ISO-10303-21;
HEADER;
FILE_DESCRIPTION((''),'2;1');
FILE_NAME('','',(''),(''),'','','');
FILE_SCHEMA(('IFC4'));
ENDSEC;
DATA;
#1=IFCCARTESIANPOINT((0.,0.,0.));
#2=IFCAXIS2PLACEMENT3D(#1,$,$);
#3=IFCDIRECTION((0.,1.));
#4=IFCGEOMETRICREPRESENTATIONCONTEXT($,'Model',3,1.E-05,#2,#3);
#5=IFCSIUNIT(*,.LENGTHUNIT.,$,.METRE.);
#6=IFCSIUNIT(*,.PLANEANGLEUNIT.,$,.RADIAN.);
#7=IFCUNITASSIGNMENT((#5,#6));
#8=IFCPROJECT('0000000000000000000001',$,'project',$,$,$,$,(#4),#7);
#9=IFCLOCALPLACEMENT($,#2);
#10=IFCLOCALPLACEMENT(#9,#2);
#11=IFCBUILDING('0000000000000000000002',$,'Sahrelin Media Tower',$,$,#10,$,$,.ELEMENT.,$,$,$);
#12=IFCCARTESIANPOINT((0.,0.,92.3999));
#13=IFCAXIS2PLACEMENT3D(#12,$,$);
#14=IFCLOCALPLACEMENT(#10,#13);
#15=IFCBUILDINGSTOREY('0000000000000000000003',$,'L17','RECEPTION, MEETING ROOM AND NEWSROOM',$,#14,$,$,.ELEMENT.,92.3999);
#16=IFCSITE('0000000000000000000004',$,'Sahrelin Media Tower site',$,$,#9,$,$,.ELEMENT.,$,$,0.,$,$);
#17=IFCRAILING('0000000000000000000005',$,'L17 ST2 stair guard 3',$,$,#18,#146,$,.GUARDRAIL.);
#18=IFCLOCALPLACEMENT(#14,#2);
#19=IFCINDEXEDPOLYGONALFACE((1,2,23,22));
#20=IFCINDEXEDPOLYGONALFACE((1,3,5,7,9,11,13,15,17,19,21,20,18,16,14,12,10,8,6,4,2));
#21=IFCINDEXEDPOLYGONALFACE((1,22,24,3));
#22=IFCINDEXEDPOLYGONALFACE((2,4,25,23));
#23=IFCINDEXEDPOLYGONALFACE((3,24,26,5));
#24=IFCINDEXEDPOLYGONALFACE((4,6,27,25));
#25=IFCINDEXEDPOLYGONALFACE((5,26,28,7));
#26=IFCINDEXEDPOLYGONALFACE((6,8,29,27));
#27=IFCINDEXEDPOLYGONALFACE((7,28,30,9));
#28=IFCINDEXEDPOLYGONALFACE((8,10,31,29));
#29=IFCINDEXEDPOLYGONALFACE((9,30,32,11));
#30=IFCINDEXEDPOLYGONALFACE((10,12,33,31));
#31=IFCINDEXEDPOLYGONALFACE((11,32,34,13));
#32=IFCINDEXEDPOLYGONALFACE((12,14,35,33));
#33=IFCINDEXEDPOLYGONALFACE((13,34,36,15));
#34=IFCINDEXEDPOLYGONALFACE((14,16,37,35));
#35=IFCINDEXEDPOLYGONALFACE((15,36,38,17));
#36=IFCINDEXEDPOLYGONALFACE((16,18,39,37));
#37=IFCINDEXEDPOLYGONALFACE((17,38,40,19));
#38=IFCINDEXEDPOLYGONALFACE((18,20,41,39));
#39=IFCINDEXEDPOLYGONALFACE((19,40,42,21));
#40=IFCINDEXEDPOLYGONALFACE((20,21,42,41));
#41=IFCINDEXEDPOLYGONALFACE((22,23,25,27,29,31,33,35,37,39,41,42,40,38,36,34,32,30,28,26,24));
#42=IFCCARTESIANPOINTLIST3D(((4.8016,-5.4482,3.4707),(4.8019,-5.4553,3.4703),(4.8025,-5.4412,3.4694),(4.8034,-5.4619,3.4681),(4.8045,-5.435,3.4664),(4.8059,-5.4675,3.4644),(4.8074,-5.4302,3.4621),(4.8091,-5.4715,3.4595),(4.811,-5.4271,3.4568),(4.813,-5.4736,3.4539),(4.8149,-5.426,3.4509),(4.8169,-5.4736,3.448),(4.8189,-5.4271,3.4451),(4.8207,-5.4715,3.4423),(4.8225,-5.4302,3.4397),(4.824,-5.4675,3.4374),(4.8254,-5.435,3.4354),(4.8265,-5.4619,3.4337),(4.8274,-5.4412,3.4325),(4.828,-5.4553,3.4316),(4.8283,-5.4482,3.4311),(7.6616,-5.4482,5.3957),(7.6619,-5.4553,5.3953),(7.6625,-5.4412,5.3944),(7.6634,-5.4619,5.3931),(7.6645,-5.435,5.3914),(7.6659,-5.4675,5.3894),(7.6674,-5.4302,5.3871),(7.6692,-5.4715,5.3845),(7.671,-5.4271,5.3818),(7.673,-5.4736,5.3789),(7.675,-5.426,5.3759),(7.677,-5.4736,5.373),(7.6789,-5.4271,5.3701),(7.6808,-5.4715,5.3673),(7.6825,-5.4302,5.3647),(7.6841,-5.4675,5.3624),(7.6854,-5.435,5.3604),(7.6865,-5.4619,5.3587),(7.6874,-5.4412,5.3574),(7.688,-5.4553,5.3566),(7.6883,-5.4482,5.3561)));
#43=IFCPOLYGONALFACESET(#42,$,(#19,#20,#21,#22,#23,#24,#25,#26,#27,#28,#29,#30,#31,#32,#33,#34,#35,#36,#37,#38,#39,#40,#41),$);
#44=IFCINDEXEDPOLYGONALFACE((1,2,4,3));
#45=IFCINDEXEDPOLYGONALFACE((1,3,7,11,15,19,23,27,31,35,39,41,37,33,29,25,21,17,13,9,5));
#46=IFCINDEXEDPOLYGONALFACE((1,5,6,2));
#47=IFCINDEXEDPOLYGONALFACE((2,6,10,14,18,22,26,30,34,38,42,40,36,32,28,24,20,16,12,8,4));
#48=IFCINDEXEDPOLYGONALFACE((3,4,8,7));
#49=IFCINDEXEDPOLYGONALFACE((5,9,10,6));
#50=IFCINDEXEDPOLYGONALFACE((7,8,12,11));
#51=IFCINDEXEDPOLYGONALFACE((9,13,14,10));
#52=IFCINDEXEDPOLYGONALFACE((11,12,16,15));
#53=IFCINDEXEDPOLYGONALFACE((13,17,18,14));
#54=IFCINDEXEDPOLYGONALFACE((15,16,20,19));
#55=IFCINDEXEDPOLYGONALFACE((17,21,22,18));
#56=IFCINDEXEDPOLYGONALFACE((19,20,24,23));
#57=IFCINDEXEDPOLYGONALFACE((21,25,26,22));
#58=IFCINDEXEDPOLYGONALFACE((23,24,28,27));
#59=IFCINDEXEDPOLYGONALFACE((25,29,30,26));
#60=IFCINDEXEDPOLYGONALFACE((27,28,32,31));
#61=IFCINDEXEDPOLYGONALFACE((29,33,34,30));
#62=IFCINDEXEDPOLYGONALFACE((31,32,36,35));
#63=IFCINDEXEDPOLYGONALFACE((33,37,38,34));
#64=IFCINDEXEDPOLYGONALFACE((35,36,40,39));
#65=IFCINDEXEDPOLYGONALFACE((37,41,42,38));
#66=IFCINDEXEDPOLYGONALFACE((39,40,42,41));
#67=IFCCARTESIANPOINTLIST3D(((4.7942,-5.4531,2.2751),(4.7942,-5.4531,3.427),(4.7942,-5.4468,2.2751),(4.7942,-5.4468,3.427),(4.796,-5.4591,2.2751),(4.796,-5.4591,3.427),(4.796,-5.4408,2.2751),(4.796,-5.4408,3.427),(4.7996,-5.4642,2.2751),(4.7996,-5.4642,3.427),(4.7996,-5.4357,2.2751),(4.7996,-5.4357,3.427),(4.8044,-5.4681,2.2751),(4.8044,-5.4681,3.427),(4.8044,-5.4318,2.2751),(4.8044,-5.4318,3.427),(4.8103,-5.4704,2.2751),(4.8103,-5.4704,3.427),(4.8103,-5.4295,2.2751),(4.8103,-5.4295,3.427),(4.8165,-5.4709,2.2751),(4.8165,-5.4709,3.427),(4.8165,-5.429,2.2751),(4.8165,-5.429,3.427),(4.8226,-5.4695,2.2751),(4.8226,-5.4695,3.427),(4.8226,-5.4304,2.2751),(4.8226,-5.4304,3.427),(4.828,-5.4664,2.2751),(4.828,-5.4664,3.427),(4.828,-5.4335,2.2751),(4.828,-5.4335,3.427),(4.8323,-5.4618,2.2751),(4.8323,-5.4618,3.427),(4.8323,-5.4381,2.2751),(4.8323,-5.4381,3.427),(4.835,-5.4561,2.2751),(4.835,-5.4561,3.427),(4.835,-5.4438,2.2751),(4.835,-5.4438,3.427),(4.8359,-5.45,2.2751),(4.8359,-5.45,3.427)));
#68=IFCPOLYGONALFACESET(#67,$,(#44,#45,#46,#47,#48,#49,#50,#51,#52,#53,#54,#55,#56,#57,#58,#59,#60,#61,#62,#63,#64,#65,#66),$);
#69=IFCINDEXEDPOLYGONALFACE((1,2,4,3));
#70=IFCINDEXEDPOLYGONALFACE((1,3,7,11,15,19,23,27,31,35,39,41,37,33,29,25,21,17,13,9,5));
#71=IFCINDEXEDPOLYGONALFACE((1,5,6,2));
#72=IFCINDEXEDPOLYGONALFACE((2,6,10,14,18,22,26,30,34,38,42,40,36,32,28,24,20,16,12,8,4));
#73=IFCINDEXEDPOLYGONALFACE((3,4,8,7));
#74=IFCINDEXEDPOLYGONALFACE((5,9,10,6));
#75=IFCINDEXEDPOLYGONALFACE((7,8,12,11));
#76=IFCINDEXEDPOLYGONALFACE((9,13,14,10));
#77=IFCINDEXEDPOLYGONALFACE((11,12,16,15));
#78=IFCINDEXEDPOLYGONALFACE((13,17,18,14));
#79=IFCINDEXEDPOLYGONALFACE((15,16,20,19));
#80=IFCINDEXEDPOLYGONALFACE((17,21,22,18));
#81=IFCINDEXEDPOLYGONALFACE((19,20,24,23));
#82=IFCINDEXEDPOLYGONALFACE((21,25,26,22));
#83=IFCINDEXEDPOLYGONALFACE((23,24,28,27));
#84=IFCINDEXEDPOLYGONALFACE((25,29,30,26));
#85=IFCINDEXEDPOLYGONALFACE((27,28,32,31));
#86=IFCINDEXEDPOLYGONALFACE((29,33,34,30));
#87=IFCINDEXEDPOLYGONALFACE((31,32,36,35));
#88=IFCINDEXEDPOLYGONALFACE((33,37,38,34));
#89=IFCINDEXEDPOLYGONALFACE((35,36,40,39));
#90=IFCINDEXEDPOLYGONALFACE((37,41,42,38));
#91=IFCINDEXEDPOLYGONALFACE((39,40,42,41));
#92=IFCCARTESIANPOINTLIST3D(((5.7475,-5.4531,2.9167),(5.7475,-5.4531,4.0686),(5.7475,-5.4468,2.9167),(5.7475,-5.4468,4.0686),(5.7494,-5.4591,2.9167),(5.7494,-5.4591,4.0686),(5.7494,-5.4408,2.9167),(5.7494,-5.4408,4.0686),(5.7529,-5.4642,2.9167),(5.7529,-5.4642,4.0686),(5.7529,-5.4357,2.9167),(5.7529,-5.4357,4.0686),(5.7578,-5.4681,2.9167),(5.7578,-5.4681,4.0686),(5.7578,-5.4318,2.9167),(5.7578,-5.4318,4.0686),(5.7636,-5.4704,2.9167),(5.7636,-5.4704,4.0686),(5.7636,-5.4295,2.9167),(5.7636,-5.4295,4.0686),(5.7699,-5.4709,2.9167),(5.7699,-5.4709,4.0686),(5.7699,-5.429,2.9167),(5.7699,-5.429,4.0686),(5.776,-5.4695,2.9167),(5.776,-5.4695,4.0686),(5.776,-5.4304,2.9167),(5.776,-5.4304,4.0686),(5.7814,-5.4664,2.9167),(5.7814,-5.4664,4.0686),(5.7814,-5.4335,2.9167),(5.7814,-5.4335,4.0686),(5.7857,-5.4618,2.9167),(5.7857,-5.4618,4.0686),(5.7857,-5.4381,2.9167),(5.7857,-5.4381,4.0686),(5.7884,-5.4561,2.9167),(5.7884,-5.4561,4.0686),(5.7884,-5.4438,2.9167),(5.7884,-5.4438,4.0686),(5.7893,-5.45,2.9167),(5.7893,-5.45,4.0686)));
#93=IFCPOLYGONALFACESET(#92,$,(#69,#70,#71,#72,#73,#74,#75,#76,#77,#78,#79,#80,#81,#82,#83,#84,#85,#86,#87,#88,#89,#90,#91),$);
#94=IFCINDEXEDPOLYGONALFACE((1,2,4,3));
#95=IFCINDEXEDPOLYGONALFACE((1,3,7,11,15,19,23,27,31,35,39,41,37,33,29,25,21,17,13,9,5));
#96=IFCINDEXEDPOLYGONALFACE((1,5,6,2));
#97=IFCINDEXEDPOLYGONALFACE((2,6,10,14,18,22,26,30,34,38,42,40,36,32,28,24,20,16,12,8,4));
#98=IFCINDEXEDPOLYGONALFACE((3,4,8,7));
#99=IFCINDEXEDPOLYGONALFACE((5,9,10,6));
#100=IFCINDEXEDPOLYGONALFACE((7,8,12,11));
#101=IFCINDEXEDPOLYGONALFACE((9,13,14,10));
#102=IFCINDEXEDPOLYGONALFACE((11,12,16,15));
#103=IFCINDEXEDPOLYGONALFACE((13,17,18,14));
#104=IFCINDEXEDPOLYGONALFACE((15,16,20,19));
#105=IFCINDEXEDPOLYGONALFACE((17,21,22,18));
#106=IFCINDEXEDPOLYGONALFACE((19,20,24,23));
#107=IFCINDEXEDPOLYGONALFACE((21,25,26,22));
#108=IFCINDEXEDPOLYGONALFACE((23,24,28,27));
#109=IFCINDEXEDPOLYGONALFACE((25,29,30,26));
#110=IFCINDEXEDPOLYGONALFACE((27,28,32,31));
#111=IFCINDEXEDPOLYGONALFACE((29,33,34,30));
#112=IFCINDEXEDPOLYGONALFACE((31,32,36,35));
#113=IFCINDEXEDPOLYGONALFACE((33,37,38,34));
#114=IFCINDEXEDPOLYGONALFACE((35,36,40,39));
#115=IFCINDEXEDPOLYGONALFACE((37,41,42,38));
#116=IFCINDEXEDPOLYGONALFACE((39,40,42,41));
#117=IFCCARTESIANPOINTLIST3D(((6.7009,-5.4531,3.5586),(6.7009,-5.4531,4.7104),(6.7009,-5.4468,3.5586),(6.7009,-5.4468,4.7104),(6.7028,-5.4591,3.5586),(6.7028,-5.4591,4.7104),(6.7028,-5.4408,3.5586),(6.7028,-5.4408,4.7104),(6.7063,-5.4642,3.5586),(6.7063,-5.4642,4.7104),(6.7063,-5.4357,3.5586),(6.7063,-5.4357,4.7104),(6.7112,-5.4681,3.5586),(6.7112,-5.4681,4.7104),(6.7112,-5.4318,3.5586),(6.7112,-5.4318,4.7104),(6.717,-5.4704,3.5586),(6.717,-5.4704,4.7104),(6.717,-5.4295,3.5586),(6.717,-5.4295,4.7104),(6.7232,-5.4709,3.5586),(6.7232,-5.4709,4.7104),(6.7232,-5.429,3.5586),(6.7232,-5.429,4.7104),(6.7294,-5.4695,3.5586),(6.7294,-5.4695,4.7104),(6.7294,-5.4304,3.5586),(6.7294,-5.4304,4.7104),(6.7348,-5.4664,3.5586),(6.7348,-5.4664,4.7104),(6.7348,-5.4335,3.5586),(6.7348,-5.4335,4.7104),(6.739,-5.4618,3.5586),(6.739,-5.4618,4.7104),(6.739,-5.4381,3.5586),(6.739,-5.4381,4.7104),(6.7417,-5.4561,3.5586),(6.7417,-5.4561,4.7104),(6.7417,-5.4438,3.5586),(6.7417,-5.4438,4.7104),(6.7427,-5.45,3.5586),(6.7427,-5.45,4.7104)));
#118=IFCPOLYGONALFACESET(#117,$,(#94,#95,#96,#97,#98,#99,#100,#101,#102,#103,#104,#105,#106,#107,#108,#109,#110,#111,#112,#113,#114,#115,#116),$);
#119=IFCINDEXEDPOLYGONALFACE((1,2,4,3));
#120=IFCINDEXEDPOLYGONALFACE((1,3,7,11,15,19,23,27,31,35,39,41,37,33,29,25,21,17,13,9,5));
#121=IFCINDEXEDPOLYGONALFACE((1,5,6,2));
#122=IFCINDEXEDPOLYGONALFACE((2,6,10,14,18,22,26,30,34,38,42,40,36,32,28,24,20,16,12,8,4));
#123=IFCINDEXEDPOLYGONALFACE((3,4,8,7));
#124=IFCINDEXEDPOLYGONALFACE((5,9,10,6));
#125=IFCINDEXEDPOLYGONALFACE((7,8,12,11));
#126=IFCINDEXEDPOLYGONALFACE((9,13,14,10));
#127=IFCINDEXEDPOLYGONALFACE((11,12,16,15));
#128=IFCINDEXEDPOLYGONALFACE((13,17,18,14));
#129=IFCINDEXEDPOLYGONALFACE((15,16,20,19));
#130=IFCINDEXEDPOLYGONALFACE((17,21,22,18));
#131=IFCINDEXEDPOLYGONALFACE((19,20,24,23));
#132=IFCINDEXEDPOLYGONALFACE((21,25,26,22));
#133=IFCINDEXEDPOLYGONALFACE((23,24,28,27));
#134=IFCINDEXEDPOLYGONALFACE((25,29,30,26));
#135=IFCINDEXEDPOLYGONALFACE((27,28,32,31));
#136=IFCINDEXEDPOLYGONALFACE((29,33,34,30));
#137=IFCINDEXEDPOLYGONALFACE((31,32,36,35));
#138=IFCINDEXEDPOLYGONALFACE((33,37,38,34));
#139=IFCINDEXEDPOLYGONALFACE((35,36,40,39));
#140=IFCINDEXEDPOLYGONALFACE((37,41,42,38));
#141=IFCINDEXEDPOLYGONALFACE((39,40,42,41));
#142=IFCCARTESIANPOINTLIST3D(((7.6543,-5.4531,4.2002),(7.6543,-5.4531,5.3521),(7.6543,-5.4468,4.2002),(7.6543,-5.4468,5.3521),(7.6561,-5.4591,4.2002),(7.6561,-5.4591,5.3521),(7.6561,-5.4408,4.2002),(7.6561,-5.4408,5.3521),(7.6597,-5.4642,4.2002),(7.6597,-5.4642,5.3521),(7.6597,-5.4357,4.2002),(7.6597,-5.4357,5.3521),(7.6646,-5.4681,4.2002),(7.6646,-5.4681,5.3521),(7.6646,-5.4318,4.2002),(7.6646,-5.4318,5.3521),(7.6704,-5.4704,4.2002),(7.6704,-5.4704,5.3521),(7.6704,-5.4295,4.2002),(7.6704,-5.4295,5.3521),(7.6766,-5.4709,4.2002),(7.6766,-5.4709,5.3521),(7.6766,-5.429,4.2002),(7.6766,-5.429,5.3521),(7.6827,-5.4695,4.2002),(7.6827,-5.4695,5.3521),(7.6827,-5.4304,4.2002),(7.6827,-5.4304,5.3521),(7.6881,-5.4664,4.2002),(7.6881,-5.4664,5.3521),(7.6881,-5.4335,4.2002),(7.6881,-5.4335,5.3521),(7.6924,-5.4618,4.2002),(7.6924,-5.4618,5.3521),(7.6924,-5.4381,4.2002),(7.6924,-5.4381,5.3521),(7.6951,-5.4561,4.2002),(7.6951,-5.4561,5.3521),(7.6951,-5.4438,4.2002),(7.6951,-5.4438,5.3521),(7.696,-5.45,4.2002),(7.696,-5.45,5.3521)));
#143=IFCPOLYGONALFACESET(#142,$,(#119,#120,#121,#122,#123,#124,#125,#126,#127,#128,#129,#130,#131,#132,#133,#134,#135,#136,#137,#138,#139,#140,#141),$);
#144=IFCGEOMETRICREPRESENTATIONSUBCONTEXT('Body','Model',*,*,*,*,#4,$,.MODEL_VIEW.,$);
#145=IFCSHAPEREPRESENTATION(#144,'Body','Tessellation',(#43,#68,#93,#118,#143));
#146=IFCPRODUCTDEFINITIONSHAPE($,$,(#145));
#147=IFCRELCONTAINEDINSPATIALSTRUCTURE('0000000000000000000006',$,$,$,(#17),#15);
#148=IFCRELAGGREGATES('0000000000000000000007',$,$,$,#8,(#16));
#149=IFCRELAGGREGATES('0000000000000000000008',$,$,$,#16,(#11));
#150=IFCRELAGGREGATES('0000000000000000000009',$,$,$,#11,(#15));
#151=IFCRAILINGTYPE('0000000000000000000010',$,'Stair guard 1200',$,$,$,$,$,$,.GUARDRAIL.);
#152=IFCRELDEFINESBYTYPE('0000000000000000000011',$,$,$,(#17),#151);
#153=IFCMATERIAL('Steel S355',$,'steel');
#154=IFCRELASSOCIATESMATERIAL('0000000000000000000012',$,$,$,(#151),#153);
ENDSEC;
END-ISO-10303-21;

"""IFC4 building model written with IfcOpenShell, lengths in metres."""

from ifc_helpers import new_model, si_unit, direction, frame, origin, origin_2d, place, context, subcontext, project, spatial, circle, extrude, material, type_object, element, save


model = new_model("IFC4")

# Units and contexts
model_context = context("Model", 3, precision=1e-05, world=origin(), true_north=direction((0.0, 1.0)))
body_context = subcontext(model_context, "Body", "Model", "MODEL_VIEW")
ifc_project = project(units=[si_unit("LENGTHUNIT", "METRE"), si_unit("PLANEANGLEUNIT", "RADIAN")], contexts=[model_context])

# Site, building, storey
site_placement = place(None, origin())
site = spatial("IfcSite", under=ifc_project, at=site_placement, Name="Sahrelin Media Tower site", CompositionType="ELEMENT", RefElevation=0.0)
building_placement = place(site_placement, origin())
building = spatial("IfcBuilding", under=site, at=building_placement, Name="Sahrelin Media Tower", CompositionType="ELEMENT")
storey_placement = place(building_placement, frame((0.0, 0.0, 92.3999)))
storey = spatial("IfcBuildingStorey", under=building, at=storey_placement, Name="L17", Description="RECEPTION, MEETING ROOM AND NEWSROOM", CompositionType="ELEMENT", Elevation=92.3999)

# Railing
ifc_material_1 = material(Name="Steel S355", Category="steel")
railing_type_1 = type_object("IfcRailingType", Name="Stair guard 1200", PredefinedType="GUARDRAIL", material=ifc_material_1)
railing_1_placement = place(storey_placement, frame((4.8149, -5.45, 2.2751)))
element("IfcRailing", 1, at=railing_1_placement, inside=storey, type_object=railing_type_1, Name="L17 ST2 stair guard 3", PredefinedType="GUARDRAIL", context=body_context, shape_type="SweptSolid", body=[
    extrude(circle(Radius=0.0239, at=origin_2d()), frame((0.0, 0.0, 1.1758), z_axis=(0.829591, 0.0, 0.558372), x_axis=(0.0, 1.0, 0.0)), (0.0, 0.0, 1.0), 3.4475),
    extrude(circle(Radius=0.021, at=origin_2d()), origin(), (0.0, 0.0, 1.0), 1.1519),
    extrude(circle(Radius=0.021, at=origin_2d()), frame((0.9534, 0.0, 0.6416)), (0.0, 0.0, 1.0), 1.1519),
    extrude(circle(Radius=0.021, at=origin_2d()), frame((1.9067, 0.0, 1.2834)), (0.0, 0.0, 1.0), 1.1519),
    extrude(circle(Radius=0.021, at=origin_2d()), frame((2.8601, 0.0, 1.925)), (0.0, 0.0, 1.0), 1.1519),
])

save(model, "model.ifc")
